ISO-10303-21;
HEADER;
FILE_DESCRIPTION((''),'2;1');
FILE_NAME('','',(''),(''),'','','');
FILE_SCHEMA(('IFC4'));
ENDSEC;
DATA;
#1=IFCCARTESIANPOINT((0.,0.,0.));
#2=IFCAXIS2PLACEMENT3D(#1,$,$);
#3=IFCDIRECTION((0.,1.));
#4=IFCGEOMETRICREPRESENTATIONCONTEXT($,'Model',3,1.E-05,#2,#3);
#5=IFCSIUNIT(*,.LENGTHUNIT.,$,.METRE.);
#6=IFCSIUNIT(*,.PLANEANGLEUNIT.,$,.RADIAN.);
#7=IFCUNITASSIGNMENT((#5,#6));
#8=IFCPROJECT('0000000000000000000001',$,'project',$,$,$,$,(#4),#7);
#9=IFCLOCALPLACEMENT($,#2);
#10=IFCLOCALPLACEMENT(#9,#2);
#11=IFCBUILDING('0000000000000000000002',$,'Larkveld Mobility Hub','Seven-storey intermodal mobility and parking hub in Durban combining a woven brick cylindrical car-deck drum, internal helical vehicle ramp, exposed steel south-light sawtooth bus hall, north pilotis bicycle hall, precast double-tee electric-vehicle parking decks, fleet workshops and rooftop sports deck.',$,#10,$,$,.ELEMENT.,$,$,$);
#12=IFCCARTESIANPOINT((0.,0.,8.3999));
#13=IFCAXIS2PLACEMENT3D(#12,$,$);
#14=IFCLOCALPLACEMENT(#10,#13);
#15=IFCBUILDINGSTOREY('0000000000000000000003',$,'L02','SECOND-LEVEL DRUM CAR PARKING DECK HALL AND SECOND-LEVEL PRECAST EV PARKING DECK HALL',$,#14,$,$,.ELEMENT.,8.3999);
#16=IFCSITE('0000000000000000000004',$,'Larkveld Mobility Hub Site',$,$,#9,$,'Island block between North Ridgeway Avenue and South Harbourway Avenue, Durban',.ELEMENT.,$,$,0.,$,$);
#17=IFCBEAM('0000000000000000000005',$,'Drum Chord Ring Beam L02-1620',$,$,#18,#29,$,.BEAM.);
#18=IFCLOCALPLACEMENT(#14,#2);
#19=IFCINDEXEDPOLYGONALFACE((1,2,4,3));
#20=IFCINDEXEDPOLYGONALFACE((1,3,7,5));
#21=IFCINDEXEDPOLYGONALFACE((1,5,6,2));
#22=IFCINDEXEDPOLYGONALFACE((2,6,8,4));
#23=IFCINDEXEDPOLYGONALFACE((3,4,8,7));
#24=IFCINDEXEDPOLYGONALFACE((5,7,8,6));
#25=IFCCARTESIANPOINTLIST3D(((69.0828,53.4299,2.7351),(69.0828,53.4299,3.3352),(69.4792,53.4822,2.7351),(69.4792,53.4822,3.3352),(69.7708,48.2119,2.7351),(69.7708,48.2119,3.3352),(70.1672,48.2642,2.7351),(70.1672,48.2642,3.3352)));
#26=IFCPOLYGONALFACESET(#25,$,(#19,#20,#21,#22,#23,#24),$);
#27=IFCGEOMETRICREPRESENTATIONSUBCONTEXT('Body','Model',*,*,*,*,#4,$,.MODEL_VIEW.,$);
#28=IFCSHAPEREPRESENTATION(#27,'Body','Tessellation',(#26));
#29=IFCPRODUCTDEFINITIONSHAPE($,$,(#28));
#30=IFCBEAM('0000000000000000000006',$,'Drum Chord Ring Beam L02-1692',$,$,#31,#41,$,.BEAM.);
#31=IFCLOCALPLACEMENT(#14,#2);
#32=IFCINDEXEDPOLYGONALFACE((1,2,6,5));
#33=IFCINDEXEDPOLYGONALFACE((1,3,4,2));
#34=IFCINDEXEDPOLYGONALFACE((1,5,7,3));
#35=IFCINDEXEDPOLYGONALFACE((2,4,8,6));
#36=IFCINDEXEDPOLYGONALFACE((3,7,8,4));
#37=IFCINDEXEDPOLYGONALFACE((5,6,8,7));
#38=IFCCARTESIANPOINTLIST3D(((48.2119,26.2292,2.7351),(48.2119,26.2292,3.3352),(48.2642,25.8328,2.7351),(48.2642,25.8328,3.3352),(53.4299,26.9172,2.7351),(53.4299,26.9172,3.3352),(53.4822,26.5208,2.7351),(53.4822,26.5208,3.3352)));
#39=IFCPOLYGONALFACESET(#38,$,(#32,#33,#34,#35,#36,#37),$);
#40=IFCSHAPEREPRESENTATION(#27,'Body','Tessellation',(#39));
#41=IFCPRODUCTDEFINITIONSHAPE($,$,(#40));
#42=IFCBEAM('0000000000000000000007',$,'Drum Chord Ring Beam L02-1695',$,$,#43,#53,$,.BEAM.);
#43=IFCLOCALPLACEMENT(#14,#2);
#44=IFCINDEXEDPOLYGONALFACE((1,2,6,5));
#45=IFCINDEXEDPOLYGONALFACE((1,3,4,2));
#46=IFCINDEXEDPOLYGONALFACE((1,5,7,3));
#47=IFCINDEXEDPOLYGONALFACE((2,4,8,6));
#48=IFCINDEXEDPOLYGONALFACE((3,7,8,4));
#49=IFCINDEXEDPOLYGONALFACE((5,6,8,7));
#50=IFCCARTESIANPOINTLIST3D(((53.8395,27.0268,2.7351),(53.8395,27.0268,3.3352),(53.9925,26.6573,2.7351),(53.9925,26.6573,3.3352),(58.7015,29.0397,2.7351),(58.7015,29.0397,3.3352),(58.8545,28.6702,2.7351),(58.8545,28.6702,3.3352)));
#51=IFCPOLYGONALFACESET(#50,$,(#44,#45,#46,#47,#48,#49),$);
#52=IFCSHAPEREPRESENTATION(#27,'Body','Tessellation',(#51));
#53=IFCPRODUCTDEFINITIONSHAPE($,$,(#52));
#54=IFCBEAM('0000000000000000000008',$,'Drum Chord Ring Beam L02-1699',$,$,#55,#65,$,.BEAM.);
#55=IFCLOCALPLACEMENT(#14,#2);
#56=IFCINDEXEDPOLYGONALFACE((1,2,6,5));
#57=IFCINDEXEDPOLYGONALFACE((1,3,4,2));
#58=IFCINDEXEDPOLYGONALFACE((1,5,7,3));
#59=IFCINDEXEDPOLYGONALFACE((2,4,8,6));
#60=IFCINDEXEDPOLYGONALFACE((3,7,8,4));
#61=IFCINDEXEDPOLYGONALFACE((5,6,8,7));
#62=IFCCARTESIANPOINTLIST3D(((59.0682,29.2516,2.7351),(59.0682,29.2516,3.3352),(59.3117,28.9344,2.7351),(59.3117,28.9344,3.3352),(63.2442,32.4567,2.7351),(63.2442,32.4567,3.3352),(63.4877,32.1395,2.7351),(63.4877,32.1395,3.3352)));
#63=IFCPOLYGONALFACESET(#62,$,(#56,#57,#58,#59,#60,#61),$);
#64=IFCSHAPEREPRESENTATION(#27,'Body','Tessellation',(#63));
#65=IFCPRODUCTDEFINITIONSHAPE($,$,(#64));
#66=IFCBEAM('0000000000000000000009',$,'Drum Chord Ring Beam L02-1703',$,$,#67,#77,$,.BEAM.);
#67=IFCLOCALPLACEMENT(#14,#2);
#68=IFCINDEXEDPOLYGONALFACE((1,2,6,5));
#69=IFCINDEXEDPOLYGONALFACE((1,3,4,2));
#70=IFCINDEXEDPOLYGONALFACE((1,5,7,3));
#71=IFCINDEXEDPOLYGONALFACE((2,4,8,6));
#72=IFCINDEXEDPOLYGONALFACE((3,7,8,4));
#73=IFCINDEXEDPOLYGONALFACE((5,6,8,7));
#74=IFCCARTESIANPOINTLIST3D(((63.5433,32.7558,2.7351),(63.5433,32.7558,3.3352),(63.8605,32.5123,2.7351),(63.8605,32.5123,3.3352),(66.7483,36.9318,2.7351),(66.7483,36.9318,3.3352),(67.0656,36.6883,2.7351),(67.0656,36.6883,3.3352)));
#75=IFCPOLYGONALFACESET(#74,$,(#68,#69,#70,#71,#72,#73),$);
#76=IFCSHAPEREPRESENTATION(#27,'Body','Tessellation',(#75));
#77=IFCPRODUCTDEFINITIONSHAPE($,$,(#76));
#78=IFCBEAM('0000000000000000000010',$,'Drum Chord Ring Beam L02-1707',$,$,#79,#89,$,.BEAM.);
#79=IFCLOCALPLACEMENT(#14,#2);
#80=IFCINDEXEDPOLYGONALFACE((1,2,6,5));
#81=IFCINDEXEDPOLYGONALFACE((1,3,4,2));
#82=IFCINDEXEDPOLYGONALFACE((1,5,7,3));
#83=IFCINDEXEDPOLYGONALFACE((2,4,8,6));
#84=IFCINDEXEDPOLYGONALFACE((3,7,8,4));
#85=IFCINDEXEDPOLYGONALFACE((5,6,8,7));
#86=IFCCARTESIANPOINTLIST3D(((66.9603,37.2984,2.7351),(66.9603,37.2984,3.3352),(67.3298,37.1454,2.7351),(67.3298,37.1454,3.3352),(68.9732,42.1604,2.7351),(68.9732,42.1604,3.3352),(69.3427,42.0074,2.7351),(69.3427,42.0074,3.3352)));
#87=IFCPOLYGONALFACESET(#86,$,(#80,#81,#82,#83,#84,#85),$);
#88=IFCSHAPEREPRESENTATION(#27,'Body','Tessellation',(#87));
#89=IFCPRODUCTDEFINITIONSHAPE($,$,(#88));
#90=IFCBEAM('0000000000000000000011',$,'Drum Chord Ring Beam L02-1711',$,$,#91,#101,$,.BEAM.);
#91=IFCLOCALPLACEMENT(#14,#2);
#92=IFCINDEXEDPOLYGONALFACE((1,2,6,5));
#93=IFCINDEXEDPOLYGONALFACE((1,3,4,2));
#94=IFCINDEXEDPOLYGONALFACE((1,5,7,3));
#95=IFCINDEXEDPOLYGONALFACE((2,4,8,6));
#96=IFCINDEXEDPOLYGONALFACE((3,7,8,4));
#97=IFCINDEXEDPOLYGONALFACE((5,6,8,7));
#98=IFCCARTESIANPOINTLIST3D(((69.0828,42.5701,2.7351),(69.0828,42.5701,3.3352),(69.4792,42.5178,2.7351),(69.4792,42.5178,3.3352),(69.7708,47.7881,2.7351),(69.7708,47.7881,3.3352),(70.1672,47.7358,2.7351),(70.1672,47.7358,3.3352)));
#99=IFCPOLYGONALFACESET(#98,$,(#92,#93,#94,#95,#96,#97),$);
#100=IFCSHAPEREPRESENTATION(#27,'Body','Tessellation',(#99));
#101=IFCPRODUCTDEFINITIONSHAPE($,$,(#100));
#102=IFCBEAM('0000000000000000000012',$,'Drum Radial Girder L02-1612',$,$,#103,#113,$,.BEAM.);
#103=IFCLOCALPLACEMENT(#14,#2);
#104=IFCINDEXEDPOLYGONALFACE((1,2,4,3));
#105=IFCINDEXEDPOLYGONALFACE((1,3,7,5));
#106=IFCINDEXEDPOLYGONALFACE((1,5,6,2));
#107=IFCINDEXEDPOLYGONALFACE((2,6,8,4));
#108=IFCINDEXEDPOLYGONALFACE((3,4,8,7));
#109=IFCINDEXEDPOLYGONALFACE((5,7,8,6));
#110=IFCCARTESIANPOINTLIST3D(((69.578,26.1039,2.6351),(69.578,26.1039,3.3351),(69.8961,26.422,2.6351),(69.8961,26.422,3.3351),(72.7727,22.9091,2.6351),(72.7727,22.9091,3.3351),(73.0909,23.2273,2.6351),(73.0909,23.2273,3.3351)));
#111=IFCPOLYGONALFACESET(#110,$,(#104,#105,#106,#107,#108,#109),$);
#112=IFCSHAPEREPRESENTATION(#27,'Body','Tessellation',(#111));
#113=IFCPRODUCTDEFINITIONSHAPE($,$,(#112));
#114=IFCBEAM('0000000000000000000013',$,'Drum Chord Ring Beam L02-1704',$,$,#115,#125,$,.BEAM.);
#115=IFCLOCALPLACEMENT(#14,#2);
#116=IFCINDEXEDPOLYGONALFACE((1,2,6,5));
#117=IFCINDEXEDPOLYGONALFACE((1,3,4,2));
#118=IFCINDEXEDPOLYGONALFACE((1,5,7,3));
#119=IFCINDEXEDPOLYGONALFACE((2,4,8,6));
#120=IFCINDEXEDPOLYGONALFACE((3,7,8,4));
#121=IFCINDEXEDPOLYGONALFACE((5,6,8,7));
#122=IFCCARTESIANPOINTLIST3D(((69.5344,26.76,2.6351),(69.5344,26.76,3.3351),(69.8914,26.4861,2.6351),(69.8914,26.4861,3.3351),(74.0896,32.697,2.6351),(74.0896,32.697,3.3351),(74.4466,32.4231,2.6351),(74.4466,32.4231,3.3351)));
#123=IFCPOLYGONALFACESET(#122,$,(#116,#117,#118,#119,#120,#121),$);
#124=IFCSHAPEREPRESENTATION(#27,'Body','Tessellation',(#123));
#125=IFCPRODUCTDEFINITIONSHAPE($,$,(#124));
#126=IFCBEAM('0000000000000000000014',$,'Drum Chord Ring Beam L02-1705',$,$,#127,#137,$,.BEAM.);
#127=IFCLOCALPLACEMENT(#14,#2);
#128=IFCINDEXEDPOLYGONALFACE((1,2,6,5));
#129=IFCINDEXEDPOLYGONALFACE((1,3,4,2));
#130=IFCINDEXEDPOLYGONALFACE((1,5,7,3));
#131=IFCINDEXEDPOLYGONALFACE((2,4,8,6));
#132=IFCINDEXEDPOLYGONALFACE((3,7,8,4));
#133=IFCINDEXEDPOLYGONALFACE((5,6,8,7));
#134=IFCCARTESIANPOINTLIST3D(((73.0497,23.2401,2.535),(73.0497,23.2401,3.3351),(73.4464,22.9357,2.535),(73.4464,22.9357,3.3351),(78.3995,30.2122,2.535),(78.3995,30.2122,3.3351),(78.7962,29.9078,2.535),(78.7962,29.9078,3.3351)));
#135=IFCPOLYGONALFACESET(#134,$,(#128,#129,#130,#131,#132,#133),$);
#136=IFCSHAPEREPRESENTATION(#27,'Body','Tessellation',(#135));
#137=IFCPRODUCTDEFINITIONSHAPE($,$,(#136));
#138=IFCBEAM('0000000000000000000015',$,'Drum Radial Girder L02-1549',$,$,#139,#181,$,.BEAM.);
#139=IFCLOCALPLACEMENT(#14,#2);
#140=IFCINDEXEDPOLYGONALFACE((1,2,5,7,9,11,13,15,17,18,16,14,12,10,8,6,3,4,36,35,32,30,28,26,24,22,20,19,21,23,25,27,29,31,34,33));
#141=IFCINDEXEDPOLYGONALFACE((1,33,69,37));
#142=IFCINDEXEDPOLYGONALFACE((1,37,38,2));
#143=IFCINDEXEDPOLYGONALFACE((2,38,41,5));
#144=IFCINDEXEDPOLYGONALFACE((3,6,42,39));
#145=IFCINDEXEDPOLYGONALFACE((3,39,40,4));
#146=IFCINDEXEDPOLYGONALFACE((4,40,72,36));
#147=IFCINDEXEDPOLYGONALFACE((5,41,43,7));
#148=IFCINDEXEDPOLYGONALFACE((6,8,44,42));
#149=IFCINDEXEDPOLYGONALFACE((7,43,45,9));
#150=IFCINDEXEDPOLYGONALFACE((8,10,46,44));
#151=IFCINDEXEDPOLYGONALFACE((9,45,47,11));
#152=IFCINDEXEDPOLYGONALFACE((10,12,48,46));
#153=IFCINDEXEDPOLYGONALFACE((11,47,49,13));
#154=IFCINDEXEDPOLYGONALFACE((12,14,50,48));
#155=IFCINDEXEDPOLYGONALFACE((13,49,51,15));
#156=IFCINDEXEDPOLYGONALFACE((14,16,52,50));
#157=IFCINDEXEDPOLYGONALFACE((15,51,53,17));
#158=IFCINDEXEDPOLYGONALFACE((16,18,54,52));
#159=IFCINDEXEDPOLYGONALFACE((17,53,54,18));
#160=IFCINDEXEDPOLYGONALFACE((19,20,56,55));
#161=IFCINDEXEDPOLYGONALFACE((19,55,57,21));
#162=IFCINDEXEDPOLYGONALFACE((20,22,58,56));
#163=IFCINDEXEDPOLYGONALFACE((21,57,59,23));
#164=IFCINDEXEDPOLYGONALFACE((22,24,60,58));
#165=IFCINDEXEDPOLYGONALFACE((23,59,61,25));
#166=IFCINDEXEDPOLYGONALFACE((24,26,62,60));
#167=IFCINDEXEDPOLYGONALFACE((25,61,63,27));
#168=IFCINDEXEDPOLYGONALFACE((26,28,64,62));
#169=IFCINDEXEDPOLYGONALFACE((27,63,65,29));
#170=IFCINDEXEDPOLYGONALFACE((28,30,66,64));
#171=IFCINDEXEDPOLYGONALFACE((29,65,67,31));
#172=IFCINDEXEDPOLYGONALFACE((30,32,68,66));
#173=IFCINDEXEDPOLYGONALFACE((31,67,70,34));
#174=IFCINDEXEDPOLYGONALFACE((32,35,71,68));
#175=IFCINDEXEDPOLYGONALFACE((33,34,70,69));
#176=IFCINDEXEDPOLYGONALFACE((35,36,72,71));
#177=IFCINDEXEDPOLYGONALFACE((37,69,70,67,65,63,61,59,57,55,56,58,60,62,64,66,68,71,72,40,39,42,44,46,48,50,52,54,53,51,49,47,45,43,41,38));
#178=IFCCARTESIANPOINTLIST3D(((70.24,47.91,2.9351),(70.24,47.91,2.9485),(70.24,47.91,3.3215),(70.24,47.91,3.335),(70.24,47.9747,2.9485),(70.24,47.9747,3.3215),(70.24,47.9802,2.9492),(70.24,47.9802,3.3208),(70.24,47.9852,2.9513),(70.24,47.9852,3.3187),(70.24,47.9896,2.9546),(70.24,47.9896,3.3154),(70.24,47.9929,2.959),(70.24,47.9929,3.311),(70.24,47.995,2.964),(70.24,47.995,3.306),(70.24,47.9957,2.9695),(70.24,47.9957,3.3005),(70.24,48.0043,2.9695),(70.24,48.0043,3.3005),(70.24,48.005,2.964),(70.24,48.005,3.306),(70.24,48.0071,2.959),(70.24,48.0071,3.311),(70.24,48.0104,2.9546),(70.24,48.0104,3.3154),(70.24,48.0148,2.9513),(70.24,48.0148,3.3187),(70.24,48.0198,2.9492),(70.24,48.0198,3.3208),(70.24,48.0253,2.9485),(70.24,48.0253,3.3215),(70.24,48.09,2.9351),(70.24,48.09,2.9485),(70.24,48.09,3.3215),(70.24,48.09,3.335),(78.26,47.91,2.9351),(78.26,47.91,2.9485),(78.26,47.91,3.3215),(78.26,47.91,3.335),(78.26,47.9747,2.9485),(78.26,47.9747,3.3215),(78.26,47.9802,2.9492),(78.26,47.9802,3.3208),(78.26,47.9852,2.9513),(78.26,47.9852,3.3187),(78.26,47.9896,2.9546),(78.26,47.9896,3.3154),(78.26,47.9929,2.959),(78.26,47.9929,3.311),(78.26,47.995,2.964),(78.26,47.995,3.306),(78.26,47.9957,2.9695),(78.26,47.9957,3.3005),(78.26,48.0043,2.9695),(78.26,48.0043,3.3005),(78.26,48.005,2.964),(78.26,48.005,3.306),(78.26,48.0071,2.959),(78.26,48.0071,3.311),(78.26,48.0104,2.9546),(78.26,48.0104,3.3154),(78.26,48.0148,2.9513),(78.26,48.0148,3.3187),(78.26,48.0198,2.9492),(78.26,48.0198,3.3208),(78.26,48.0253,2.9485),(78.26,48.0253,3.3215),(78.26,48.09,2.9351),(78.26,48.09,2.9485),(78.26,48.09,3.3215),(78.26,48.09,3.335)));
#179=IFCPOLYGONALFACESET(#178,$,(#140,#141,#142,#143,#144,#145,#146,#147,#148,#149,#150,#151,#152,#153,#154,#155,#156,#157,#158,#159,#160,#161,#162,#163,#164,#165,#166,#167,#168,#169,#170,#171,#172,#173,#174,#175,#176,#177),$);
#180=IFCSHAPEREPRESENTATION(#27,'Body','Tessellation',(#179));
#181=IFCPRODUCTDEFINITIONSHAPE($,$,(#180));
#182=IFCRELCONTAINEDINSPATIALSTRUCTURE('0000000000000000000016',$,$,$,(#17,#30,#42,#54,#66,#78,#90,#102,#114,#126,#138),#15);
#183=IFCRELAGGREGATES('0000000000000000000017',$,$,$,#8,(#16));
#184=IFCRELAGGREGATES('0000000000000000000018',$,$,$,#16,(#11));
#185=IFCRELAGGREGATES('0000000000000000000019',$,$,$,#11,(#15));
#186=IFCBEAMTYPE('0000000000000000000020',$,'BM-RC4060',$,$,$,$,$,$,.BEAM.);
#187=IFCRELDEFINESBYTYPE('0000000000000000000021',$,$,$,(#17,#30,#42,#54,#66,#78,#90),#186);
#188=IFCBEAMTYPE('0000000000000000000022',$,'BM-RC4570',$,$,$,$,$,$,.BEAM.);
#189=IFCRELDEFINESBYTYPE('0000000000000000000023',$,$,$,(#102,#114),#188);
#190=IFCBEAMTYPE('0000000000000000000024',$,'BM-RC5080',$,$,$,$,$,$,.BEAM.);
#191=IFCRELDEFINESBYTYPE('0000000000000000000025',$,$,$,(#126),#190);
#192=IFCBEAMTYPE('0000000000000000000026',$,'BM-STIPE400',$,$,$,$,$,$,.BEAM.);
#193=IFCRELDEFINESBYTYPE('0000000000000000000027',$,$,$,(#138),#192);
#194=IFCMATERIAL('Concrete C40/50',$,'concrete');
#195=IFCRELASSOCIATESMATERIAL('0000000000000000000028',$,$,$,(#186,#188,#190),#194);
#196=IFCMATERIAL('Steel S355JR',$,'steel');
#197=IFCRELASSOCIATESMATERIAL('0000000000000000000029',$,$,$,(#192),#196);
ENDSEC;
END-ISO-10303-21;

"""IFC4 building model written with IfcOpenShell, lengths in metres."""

from ifc_helpers import new_model, si_unit, direction, frame, origin, origin_2d, place, context, subcontext, project, spatial, rectangle, i_section, extrude, material, material_profile, profile_set, type_object, element, save


model = new_model("IFC4")

# Units and contexts
model_context = context("Model", 3, precision=1e-05, world=origin(), true_north=direction((0.0, 1.0)))
body_context = subcontext(model_context, "Body", "Model", "MODEL_VIEW")
ifc_project = project(units=[si_unit("LENGTHUNIT", "METRE"), si_unit("PLANEANGLEUNIT", "RADIAN")], contexts=[model_context])

# Site, building, storey
site_placement = place(None, origin())
site = spatial("IfcSite", under=ifc_project, at=site_placement, Name="Larkveld Mobility Hub Site", LongName="Island block between North Ridgeway Avenue and South Harbourway Avenue, Durban", CompositionType="ELEMENT", RefElevation=0.0)
building_placement = place(site_placement, origin())
building = spatial("IfcBuilding", under=site, at=building_placement, Name="Larkveld Mobility Hub", Description="Seven-storey intermodal mobility and parking hub in Durban combining a woven brick cylindrical car-deck drum, internal helical vehicle ramp, exposed steel south-light sawtooth bus hall, north pilotis bicycle hall, precast double-tee electric-vehicle parking decks, fleet workshops and rooftop sports deck.", CompositionType="ELEMENT")
storey_placement = place(building_placement, frame((0.0, 0.0, 8.3999)))
storey = spatial("IfcBuildingStorey", under=building, at=storey_placement, Name="L02", Description="SECOND-LEVEL DRUM CAR PARKING DECK HALL AND SECOND-LEVEL PRECAST EV PARKING DECK HALL", CompositionType="ELEMENT", Elevation=8.3999)

# Shared definitions
ifc_material_1 = material(Name="Concrete C40/50", Category="concrete")

# Beams
ifc_material_profile_1 = material_profile(ifc_material_1, rectangle(XDim=0.3999, YDim=0.6001, at=origin_2d()), Name="RC BM 400x600")
ifc_profile_set_1 = profile_set([ifc_material_profile_1], Name="Concrete C40/50")
beam_type_1 = type_object("IfcBeamType", Name="BM-RC4060", PredefinedType="BEAM", material=ifc_profile_set_1)
for number, where, z_axis, x_axis, name in (
    (1, (69.969, 48.238, 3.0352), (-0.130717, 0.99142, 0.0), (-0.99142, -0.130717, 0.0), "Drum Chord Ring Beam L02-1620"),
    (2, (48.238, 26.031, 3.0352), (0.99142, 0.130717, 0.0), (-0.130717, 0.99142, 0.0), "Drum Chord Ring Beam L02-1692"),
):
    element("IfcBeam", number, at=place(storey_placement, frame(where, z_axis=z_axis, x_axis=x_axis)), inside=storey, type_object=beam_type_1, Name=name, PredefinedType="BEAM", context=body_context, shape_type="SweptSolid", body=[
        extrude(rectangle(XDim=0.3999, YDim=0.6001, at=origin_2d()), origin(), (0.0, 0.0, 1.0), 5.2632),
    ])
beam_1_placement = place(storey_placement, frame((53.916, 26.842, 3.0352), z_axis=(0.923946, 0.382523, 0.0), x_axis=(-0.382523, 0.923946, 0.0)))
element("IfcBeam", 3, at=beam_1_placement, inside=storey, type_object=beam_type_1, Name="Drum Chord Ring Beam L02-1695", PredefinedType="BEAM", context=body_context, shape_type="SweptSolid", body=[
    extrude(rectangle(XDim=0.3999, YDim=0.6001, at=origin_2d()), origin(), (0.0, 0.0, 1.0), 5.2622),
])
for number, where, z_axis, x_axis, name in (
    (4, (59.1899, 29.093, 3.0352), (0.793289, 0.608845, 0.0), (-0.608845, 0.793289, 0.0), "Drum Chord Ring Beam L02-1699"),
    (5, (63.7019, 32.634, 3.0352), (0.608845, 0.793289, 0.0), (-0.793289, 0.608845, 0.0), "Drum Chord Ring Beam L02-1703"),
):
    element("IfcBeam", number, at=place(storey_placement, frame(where, z_axis=z_axis, x_axis=x_axis)), inside=storey, type_object=beam_type_1, Name=name, PredefinedType="BEAM", context=body_context, shape_type="SweptSolid", body=[
        extrude(rectangle(XDim=0.3999, YDim=0.6001, at=origin_2d()), origin(), (0.0, 0.0, 1.0), 5.2642),
    ])
beam_2_placement = place(storey_placement, frame((67.145, 37.2219, 3.0352), z_axis=(0.382523, 0.923946, 0.0), x_axis=(-0.923946, 0.382523, 0.0)))
element("IfcBeam", 6, at=beam_2_placement, inside=storey, type_object=beam_type_1, Name="Drum Chord Ring Beam L02-1707", PredefinedType="BEAM", context=body_context, shape_type="SweptSolid", body=[
    extrude(rectangle(XDim=0.3999, YDim=0.6001, at=origin_2d()), origin(), (0.0, 0.0, 1.0), 5.2622),
])
beam_3_placement = place(storey_placement, frame((69.281, 42.5439, 3.0352), z_axis=(0.130717, 0.99142, 0.0), x_axis=(-0.99142, 0.130717, 0.0)))
element("IfcBeam", 7, at=beam_3_placement, inside=storey, type_object=beam_type_1, Name="Drum Chord Ring Beam L02-1711", PredefinedType="BEAM", context=body_context, shape_type="SweptSolid", body=[
    extrude(rectangle(XDim=0.3999, YDim=0.6001, at=origin_2d()), origin(), (0.0, 0.0, 1.0), 5.2632),
])
ifc_material_profile_2 = material_profile(ifc_material_1, rectangle(XDim=0.45, YDim=0.7, at=origin_2d()), Name="RC BM 450x700")
ifc_profile_set_2 = profile_set([ifc_material_profile_2], Name="Concrete C40/50")
beam_type_2 = type_object("IfcBeamType", Name="BM-RC4570", PredefinedType="BEAM", material=ifc_profile_set_2)
beam_4_placement = place(storey_placement, frame((69.7371, 26.2629, 2.9851), z_axis=(0.707107, -0.707107, 0.0), x_axis=(0.707107, 0.707107, 0.0)))
element("IfcBeam", 8, at=beam_4_placement, inside=storey, type_object=beam_type_2, Name="Drum Radial Girder L02-1612", PredefinedType="BEAM", context=body_context, shape_type="SweptSolid", body=[
    extrude(rectangle(XDim=0.45, YDim=0.7, at=origin_2d()), origin(), (0.0, 0.0, 1.0), 4.5181),
])
beam_5_placement = place(storey_placement, frame((69.7129, 26.623, 2.9851), z_axis=(0.608723, 0.793383, 0.0), x_axis=(-0.793383, 0.608723, 0.0)))
element("IfcBeam", 9, at=beam_5_placement, inside=storey, type_object=beam_type_2, Name="Drum Chord Ring Beam L02-1704", PredefinedType="BEAM", context=body_context, shape_type="SweptSolid", body=[
    extrude(rectangle(XDim=0.45, YDim=0.7, at=origin_2d()), origin(), (0.0, 0.0, 1.0), 7.4832),
])
ifc_material_profile_3 = material_profile(ifc_material_1, rectangle(XDim=0.5, YDim=0.8, at=origin_2d()), Name="RC BM 500x800")
ifc_profile_set_3 = profile_set([ifc_material_profile_3], Name="Concrete C40/50")
beam_type_3 = type_object("IfcBeamType", Name="BM-RC5080", PredefinedType="BEAM", material=ifc_profile_set_3)
beam_6_placement = place(storey_placement, frame((73.248, 23.0879, 2.9351), z_axis=(0.608756, 0.793358, 0.0), x_axis=(-0.793358, 0.608756, 0.0)))
element("IfcBeam", 10, at=beam_6_placement, inside=storey, type_object=beam_type_3, Name="Drum Chord Ring Beam L02-1705", PredefinedType="BEAM", context=body_context, shape_type="SweptSolid", body=[
    extrude(rectangle(XDim=0.5, YDim=0.8, at=origin_2d()), origin(), (0.0, 0.0, 1.0), 8.7881),
])
ifc_material_2 = material(Name="Steel S355JR", Category="steel")
ifc_material_profile_4 = material_profile(ifc_material_2, i_section(OverallWidth=0.1799, OverallDepth=0.3999, WebThickness=0.0085, FlangeThickness=0.0134, FilletRadius=0.021, at=origin_2d()), Name="IPE 400")
ifc_profile_set_4 = profile_set([ifc_material_profile_4], Name="Steel S355JR")
beam_type_4 = type_object("IfcBeamType", Name="BM-STIPE400", PredefinedType="BEAM", material=ifc_profile_set_4)
beam_7_placement = place(storey_placement, frame((70.24, 48.0, 3.135), z_axis=(1.0, 0.0, 0.0), x_axis=(0.0, 1.0, 0.0)))
element("IfcBeam", 11, at=beam_7_placement, inside=storey, type_object=beam_type_4, Name="Drum Radial Girder L02-1549", PredefinedType="BEAM", context=body_context, shape_type="SweptSolid", body=[
    extrude(i_section(OverallWidth=0.1799, OverallDepth=0.3999, WebThickness=0.0085, FlangeThickness=0.0134, FilletRadius=0.021, at=origin_2d()), origin(), (0.0, 0.0, 1.0), 8.02),
])

save(model, "model.ifc")
